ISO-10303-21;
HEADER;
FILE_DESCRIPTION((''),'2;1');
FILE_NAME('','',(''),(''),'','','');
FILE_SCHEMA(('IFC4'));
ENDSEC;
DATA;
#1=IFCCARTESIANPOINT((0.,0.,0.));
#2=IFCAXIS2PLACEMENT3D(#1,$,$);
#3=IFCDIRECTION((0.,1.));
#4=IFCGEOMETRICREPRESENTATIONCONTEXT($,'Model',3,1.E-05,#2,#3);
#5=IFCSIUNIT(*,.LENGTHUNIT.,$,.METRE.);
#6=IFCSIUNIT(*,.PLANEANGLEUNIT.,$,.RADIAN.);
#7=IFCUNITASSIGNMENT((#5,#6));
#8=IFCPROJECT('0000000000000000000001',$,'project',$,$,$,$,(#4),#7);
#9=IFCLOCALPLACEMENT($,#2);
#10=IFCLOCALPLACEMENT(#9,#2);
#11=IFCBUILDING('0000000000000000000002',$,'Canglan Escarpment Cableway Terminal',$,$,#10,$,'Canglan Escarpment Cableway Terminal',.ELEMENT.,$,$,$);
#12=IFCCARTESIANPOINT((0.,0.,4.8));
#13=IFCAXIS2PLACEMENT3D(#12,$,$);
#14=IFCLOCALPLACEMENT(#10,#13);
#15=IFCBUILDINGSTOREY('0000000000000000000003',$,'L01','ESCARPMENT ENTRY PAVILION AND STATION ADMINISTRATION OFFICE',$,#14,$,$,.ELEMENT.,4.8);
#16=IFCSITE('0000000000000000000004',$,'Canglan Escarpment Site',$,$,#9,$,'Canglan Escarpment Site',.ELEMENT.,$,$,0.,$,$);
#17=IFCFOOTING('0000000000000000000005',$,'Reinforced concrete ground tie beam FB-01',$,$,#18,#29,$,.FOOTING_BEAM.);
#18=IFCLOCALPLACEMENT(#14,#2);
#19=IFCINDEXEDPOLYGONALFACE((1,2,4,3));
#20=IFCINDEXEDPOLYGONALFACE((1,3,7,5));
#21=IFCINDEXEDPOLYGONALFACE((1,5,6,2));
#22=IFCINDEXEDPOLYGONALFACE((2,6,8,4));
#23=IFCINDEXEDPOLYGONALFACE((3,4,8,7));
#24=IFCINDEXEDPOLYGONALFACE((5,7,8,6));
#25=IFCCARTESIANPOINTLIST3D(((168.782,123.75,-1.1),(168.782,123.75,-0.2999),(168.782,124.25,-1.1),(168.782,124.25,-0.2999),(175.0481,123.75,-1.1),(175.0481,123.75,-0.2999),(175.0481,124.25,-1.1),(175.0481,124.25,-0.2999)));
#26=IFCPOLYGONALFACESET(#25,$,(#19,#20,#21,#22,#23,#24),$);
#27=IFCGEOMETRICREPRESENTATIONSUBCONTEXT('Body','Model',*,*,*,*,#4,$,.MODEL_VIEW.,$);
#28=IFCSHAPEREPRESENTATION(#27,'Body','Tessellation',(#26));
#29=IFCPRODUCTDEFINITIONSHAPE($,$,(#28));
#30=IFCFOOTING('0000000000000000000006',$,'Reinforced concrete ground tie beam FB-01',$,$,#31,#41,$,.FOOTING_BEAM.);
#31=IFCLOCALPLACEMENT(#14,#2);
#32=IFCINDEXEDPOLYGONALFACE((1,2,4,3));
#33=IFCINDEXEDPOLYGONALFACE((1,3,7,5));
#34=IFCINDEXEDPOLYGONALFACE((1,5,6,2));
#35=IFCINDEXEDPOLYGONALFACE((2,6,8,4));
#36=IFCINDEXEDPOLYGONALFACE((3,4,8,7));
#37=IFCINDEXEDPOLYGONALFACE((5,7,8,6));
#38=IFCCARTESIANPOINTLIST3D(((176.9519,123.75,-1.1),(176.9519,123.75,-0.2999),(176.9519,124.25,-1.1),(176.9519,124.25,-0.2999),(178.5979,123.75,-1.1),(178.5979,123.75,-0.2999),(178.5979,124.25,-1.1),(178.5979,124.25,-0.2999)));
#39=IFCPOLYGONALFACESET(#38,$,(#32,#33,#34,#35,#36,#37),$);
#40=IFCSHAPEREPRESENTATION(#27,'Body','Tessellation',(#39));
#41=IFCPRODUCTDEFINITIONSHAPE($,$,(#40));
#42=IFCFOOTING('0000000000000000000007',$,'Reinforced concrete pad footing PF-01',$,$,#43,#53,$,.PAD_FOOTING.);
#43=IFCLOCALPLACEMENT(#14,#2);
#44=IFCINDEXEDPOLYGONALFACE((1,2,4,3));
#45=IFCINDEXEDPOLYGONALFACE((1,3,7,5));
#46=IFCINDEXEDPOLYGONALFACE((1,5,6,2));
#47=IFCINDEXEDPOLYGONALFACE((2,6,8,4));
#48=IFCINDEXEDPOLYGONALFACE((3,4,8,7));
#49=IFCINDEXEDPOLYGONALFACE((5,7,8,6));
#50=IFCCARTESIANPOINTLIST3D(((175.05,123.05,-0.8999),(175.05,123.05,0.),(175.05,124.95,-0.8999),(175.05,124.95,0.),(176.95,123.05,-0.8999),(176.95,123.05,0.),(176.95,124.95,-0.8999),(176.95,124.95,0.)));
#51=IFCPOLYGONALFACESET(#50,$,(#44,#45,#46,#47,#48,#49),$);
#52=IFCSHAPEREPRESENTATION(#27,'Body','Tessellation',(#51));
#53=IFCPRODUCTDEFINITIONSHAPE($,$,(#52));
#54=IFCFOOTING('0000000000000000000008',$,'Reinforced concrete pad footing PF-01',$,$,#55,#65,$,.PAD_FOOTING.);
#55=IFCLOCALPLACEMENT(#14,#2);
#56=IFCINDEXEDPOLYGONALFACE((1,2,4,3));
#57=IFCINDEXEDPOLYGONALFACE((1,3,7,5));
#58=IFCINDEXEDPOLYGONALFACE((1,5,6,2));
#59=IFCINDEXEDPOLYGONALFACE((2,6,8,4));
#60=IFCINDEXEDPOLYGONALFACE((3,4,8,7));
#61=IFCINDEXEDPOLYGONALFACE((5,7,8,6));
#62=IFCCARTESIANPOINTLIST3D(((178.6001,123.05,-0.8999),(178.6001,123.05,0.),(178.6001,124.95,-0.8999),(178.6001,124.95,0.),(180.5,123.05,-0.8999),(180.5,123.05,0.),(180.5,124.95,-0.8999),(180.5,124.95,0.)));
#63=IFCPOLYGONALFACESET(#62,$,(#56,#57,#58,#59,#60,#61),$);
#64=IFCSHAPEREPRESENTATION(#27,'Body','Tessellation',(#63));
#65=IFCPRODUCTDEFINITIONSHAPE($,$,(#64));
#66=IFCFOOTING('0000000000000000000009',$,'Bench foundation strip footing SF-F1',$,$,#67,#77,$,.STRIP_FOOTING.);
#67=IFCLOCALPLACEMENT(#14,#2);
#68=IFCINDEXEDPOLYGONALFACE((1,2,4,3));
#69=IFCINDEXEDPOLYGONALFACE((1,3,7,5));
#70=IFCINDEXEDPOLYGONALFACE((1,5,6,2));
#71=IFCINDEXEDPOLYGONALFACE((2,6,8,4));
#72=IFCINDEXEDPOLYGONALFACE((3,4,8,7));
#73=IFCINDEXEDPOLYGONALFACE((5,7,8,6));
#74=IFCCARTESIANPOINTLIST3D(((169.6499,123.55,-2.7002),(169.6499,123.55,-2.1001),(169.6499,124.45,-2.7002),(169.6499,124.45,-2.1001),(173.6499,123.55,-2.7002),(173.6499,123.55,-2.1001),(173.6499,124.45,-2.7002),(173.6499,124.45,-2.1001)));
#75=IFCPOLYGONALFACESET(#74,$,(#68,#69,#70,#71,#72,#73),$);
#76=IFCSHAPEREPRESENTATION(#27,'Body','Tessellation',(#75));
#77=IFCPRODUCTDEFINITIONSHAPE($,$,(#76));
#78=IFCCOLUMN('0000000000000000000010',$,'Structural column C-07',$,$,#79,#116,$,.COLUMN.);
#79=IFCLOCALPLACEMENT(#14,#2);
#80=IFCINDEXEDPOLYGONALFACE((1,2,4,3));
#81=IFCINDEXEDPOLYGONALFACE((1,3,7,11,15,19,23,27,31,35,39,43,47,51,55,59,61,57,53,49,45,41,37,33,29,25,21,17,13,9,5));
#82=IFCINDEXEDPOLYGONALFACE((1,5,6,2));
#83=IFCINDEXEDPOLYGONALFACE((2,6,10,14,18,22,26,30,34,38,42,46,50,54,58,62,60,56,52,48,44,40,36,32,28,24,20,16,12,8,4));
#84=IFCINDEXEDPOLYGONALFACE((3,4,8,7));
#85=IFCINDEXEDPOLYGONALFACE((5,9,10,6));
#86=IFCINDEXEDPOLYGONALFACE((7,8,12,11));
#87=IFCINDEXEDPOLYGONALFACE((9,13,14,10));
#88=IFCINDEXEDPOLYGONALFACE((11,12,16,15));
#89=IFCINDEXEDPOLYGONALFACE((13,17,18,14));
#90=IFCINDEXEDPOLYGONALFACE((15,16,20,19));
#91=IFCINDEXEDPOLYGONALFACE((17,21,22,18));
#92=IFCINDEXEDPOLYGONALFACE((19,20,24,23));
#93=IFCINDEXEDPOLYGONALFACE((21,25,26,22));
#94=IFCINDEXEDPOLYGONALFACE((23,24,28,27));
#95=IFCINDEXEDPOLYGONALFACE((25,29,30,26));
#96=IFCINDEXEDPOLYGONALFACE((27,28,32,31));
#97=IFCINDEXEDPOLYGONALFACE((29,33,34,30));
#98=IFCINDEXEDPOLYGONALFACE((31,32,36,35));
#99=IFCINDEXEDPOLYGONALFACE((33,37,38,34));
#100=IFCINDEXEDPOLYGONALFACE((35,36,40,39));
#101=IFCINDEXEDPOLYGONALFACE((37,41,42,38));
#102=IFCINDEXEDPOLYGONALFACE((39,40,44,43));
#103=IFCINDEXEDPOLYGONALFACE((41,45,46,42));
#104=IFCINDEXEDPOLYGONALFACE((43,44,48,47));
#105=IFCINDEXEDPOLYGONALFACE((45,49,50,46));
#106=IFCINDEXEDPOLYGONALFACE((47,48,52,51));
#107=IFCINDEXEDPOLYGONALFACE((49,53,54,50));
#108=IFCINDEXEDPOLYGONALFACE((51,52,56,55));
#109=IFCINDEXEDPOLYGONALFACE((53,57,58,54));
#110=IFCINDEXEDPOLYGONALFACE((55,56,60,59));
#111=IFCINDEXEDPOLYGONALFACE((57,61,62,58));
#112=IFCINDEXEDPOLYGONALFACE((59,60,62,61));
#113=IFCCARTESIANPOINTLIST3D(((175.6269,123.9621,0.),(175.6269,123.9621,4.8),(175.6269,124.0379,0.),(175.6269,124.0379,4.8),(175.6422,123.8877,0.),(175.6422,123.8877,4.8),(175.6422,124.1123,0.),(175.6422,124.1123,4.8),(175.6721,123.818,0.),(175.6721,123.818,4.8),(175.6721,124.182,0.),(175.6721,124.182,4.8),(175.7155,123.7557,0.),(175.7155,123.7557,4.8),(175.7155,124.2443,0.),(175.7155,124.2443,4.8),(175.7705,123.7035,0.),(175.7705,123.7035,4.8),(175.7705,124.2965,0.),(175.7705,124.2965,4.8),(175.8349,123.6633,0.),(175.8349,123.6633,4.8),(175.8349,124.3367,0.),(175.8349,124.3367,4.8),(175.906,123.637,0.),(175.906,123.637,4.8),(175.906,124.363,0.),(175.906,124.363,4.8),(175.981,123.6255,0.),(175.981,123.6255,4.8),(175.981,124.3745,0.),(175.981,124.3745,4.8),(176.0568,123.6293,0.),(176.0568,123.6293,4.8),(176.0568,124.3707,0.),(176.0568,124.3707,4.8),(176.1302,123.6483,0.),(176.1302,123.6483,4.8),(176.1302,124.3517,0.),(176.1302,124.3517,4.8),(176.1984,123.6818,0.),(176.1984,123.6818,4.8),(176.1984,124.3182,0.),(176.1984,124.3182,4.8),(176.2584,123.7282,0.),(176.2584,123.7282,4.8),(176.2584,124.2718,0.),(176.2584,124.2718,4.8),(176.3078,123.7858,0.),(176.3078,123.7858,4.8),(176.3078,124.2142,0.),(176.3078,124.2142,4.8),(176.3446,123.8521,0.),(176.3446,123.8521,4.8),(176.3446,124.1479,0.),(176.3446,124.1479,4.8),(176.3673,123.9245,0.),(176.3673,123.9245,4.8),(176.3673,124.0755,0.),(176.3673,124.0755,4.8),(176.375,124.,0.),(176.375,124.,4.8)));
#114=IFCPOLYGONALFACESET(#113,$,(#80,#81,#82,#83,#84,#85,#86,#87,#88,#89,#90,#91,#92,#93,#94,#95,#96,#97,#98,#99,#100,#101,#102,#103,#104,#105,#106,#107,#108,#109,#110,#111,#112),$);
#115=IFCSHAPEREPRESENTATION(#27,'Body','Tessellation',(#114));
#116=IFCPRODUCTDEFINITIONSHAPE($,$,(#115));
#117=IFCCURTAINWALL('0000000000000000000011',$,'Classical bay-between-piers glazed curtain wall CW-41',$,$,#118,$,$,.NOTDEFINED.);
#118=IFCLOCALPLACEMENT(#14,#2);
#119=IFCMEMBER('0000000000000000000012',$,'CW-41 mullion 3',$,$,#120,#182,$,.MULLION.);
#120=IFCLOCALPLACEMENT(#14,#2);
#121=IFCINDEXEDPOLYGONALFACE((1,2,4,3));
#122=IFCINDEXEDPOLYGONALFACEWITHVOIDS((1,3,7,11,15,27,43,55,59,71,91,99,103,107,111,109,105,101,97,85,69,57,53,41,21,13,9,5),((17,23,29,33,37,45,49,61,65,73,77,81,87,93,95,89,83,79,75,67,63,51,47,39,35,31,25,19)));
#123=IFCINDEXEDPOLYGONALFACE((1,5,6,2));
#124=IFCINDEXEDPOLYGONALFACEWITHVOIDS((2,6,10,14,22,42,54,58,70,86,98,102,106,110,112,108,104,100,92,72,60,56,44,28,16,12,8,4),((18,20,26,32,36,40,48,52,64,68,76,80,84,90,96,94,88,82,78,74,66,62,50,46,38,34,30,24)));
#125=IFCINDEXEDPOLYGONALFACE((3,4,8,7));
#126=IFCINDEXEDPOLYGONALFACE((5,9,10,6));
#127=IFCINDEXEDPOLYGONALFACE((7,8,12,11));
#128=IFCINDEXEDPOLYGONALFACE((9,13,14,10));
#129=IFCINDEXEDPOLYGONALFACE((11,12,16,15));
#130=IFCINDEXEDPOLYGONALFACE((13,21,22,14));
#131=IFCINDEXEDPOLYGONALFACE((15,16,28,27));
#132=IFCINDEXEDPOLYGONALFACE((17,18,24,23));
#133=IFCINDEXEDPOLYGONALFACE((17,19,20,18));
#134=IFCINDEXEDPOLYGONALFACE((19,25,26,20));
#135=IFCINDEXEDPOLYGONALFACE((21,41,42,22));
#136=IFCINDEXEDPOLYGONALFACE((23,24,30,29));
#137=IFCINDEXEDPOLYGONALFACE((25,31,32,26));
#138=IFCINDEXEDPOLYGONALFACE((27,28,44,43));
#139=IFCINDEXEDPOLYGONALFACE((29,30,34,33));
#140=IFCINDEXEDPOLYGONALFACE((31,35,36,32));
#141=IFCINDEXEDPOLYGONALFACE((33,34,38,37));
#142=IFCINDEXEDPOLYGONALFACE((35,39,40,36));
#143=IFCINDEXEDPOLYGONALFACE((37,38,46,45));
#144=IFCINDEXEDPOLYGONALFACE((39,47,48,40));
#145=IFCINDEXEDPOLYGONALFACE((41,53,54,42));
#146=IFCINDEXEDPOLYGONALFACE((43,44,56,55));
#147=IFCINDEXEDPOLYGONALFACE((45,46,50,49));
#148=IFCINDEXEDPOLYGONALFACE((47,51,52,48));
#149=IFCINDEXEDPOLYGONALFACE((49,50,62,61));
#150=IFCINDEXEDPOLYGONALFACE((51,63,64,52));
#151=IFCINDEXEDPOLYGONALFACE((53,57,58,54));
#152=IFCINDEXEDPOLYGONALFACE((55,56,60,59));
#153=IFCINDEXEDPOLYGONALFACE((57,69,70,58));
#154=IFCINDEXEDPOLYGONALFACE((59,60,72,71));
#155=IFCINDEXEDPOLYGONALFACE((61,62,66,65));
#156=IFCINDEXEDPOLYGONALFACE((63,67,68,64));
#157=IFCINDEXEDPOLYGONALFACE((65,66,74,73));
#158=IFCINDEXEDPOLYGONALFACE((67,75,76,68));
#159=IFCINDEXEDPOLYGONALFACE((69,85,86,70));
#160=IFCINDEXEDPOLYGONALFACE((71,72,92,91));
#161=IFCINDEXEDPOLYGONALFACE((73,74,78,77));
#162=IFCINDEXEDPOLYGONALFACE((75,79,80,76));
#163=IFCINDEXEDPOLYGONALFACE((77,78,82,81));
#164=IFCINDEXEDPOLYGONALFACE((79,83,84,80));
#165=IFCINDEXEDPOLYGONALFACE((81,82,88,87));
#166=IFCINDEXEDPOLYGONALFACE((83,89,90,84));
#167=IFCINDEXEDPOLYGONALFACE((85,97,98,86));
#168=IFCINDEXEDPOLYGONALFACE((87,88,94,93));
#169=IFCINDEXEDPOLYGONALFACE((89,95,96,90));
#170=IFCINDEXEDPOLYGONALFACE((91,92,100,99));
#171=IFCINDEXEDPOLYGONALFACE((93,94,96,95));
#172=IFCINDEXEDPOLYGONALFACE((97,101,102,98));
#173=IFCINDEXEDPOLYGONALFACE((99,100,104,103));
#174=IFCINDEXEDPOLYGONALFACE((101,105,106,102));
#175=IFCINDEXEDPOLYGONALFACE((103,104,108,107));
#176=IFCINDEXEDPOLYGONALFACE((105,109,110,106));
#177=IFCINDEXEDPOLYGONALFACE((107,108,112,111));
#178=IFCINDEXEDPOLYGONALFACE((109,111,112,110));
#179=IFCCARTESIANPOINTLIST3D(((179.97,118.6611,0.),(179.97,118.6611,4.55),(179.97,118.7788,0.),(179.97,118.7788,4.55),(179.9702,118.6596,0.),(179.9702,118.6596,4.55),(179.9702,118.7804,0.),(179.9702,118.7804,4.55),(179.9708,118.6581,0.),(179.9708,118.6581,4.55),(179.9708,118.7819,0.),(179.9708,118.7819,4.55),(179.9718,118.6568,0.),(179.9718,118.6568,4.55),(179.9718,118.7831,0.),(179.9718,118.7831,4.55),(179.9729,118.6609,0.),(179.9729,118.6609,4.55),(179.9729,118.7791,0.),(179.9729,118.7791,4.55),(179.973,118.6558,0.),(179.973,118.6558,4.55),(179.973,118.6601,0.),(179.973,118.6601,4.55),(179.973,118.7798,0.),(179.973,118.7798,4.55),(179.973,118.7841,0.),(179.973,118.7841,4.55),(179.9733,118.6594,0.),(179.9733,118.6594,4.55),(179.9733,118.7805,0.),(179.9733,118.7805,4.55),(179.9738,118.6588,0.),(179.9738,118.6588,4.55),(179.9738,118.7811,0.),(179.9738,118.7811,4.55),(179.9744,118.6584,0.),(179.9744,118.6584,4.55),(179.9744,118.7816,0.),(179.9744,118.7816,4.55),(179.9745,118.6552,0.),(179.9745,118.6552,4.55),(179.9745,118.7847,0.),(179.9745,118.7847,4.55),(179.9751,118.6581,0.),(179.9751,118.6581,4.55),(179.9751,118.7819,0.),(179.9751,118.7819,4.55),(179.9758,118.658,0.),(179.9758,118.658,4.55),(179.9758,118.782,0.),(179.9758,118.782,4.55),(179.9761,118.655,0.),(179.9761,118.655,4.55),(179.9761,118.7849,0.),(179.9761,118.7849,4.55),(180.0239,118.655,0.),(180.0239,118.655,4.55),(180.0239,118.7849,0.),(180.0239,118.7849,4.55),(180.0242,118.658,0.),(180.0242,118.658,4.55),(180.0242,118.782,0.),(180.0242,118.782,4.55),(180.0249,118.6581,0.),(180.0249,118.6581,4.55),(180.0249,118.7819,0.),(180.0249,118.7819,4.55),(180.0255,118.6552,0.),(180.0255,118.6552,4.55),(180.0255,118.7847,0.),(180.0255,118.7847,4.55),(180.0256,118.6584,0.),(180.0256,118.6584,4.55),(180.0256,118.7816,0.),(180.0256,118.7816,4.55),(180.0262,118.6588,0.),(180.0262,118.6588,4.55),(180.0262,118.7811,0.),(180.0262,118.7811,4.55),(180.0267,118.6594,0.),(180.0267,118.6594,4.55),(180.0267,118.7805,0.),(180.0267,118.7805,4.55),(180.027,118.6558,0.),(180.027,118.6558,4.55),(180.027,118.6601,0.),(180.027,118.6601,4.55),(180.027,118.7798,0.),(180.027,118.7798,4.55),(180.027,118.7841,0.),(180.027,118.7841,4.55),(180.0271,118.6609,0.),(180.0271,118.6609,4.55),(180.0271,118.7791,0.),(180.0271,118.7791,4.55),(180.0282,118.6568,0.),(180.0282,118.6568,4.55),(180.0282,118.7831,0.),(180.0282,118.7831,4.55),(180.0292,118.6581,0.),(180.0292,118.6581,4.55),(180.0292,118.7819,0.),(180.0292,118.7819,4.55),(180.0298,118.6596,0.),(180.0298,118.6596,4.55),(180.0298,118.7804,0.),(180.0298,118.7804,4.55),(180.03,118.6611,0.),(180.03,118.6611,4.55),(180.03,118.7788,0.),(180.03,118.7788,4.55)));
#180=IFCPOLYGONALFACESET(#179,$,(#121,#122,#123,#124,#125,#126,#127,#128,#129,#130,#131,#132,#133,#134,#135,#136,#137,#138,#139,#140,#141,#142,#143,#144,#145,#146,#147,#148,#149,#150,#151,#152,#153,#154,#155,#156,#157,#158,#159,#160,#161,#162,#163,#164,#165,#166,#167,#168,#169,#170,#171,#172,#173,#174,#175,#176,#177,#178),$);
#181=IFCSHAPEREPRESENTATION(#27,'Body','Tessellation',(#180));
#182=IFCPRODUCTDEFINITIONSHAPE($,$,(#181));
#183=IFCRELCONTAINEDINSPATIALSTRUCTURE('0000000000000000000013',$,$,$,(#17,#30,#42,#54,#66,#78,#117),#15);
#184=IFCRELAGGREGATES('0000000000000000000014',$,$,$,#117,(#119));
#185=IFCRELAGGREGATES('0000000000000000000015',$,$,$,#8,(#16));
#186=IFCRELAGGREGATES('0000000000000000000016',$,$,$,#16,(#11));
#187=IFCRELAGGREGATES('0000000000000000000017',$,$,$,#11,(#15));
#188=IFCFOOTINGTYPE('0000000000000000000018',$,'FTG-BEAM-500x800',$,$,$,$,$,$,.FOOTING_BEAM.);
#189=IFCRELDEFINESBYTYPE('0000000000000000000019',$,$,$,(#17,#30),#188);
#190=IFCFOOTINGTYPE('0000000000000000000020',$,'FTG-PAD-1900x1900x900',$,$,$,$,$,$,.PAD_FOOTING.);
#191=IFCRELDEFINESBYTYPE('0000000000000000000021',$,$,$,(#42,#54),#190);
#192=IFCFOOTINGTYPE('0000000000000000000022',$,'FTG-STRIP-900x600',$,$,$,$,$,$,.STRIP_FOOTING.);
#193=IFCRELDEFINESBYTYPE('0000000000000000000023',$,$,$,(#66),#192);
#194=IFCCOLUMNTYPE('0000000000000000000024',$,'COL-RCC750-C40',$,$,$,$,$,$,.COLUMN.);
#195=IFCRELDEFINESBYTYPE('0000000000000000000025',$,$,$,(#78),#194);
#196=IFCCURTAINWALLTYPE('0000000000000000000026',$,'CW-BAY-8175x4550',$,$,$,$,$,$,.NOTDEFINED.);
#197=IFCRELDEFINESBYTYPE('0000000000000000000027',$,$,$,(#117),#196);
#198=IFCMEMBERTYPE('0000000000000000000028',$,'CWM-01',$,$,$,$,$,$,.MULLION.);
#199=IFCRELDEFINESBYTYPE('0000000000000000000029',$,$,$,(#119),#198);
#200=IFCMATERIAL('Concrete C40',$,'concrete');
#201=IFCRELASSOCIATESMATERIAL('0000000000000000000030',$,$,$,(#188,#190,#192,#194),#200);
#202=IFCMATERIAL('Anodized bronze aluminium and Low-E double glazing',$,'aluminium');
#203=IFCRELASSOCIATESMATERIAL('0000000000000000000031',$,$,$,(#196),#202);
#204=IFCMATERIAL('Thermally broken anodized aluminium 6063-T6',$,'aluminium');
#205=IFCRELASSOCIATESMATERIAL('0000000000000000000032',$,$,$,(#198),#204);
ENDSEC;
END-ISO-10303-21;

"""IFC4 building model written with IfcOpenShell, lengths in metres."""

from ifc_helpers import new_model, si_unit, direction, frame, origin, origin_2d, place, context, subcontext, project, spatial, rectangle, hollow_rectangle, circle, extrude, material, material_profile, profile_set, type_object, element, aggregate, save


model = new_model("IFC4")

# Units and contexts
model_context = context("Model", 3, precision=1e-05, world=origin(), true_north=direction((0.0, 1.0)))
body_context = subcontext(model_context, "Body", "Model", "MODEL_VIEW")
ifc_project = project(units=[si_unit("LENGTHUNIT", "METRE"), si_unit("PLANEANGLEUNIT", "RADIAN")], contexts=[model_context])

# Site, building, storey
site_placement = place(None, origin())
site = spatial("IfcSite", under=ifc_project, at=site_placement, Name="Canglan Escarpment Site", LongName="Canglan Escarpment Site", CompositionType="ELEMENT", RefElevation=0.0)
building_placement = place(site_placement, origin())
building = spatial("IfcBuilding", under=site, at=building_placement, Name="Canglan Escarpment Cableway Terminal", LongName="Canglan Escarpment Cableway Terminal", CompositionType="ELEMENT")
storey_placement = place(building_placement, frame((0.0, 0.0, 4.8)))
storey = spatial("IfcBuildingStorey", under=building, at=storey_placement, Name="L01", Description="ESCARPMENT ENTRY PAVILION AND STATION ADMINISTRATION OFFICE", CompositionType="ELEMENT", Elevation=4.8)

# Footings
ifc_material_1 = material(Name="Concrete C40", Category="concrete")
ifc_material_profile_1 = material_profile(ifc_material_1, rectangle(XDim=0.5, YDim=0.8, at=origin_2d()), Name="FB 500x800")
ifc_profile_set_1 = profile_set([ifc_material_profile_1], Name="Concrete C40")
footing_type_1 = type_object("IfcFootingType", Name="FTG-BEAM-500x800", PredefinedType="FOOTING_BEAM", material=ifc_profile_set_1)
footing_1_placement = place(storey_placement, frame((168.782, 124.0, -0.7), z_axis=(1.0, 0.0, 0.0), x_axis=(0.0, 1.0, 0.0)))
element("IfcFooting", 1, at=footing_1_placement, inside=storey, type_object=footing_type_1, Name="Reinforced concrete ground tie beam FB-01", PredefinedType="FOOTING_BEAM", context=body_context, shape_type="SweptSolid", body=[
    extrude(rectangle(XDim=0.5, YDim=0.8, at=origin_2d()), origin(), (0.0, 0.0, 1.0), 6.2661),
])
footing_2_placement = place(storey_placement, frame((176.9519, 124.0, -0.7), z_axis=(1.0, 0.0, 0.0), x_axis=(0.0, 1.0, 0.0)))
element("IfcFooting", 2, at=footing_2_placement, inside=storey, type_object=footing_type_1, Name="Reinforced concrete ground tie beam FB-01", PredefinedType="FOOTING_BEAM", context=body_context, shape_type="SweptSolid", body=[
    extrude(rectangle(XDim=0.5, YDim=0.8, at=origin_2d()), origin(), (0.0, 0.0, 1.0), 1.646),
])
footing_type_2 = type_object("IfcFootingType", Name="FTG-PAD-1900x1900x900", PredefinedType="PAD_FOOTING", material=ifc_material_1)
for number, where, z_axis, x_axis, name in (
    (3, (176.0, 124.0, -0.8999), (0.0, 0.0, 1.0), (1.0, 0.0, 0.0), "Reinforced concrete pad footing PF-01"),
    (4, (179.55, 124.0, -0.8999), (0.0, 0.0, 1.0), (1.0, 0.0, 0.0), "Reinforced concrete pad footing PF-01"),
):
    element("IfcFooting", number, at=place(storey_placement, frame(where, z_axis=z_axis, x_axis=x_axis)), inside=storey, type_object=footing_type_2, Name=name, PredefinedType="PAD_FOOTING", context=body_context, shape_type="SweptSolid", body=[
        extrude(rectangle(XDim=1.8999, YDim=1.8999, at=origin_2d()), origin(), (0.0, 0.0, 1.0), 0.8999),
    ])
ifc_material_profile_2 = material_profile(ifc_material_1, rectangle(XDim=0.8999, YDim=0.6001, at=origin_2d()), Name="SF 900x600")
ifc_profile_set_2 = profile_set([ifc_material_profile_2], Name="Concrete C40")
footing_type_3 = type_object("IfcFootingType", Name="FTG-STRIP-900x600", PredefinedType="STRIP_FOOTING", material=ifc_profile_set_2)
footing_3_placement = place(storey_placement, frame((169.6499, 124.0, -2.4001), z_axis=(1.0, 0.0, 0.0), x_axis=(0.0, 1.0, 0.0)))
element("IfcFooting", 5, at=footing_3_placement, inside=storey, type_object=footing_type_3, Name="Bench foundation strip footing SF-F1", PredefinedType="STRIP_FOOTING", context=body_context, shape_type="SweptSolid", body=[
    extrude(rectangle(XDim=0.8999, YDim=0.6001, at=origin_2d()), origin(), (0.0, 0.0, 1.0), 4.0),
])

# Column
ifc_material_profile_3 = material_profile(ifc_material_1, circle(Radius=0.375, at=origin_2d()), Name="RC-CIRC D750")
ifc_profile_set_3 = profile_set([ifc_material_profile_3], Name="Concrete C40")
column_type = type_object("IfcColumnType", Name="COL-RCC750-C40", PredefinedType="COLUMN", material=ifc_profile_set_3)
column_placement = place(storey_placement, frame((176.0, 124.0, 0.0), z_axis=(0.0, 0.0, 1.0), x_axis=(1.0, 0.0, 0.0)))
element("IfcColumn", 6, at=column_placement, inside=storey, type_object=column_type, Name="Structural column C-07", PredefinedType="COLUMN", context=body_context, shape_type="SweptSolid", body=[
    extrude(circle(Radius=0.375, at=origin_2d()), origin(), (0.0, 0.0, 1.0), 4.8),
])

# Curtain wall, member
ifc_material_2 = material(Name="Anodized bronze aluminium and Low-E double glazing", Category="aluminium")
curtain_wall_type = type_object("IfcCurtainWallType", Name="CW-BAY-8175x4550", PredefinedType="NOTDEFINED", material=ifc_material_2)
curtain_wall_placement = place(storey_placement, origin())
curtain_wall = element("IfcCurtainWall", 7, at=curtain_wall_placement, inside=storey, type_object=curtain_wall_type, Name="Classical bay-between-piers glazed curtain wall CW-41", PredefinedType="NOTDEFINED")
ifc_material_3 = material(Name="Thermally broken anodized aluminium 6063-T6", Category="aluminium")
ifc_material_profile_4 = material_profile(ifc_material_3, hollow_rectangle(XDim=0.0601, YDim=0.1299, WallThickness=0.0029, InnerFilletRadius=0.0029, OuterFilletRadius=0.0061, at=origin_2d()), Name="ALU-MULL 60x130x3")
ifc_profile_set_4 = profile_set([ifc_material_profile_4], Name="Thermally broken anodized aluminium 6063-T6")
member_type_1 = type_object("IfcMemberType", Name="CWM-01", PredefinedType="MULLION", material=ifc_profile_set_4)
member_1_placement = place(storey_placement, frame((180.0, 118.72, 0.0), z_axis=(0.0, 0.0, 1.0), x_axis=(-1.0, 0.0, 0.0)))
member_1 = element("IfcMember", 8, at=member_1_placement, type_object=member_type_1, Name="CW-41 mullion 3", PredefinedType="MULLION", context=body_context, shape_type="SweptSolid", body=[
    extrude(hollow_rectangle(XDim=0.0601, YDim=0.1299, WallThickness=0.0029, InnerFilletRadius=0.0029, OuterFilletRadius=0.0061, at=origin_2d()), origin(), (0.0, 0.0, 1.0), 4.55),
])
aggregate(curtain_wall, [member_1])

save(model, "model.ifc")
